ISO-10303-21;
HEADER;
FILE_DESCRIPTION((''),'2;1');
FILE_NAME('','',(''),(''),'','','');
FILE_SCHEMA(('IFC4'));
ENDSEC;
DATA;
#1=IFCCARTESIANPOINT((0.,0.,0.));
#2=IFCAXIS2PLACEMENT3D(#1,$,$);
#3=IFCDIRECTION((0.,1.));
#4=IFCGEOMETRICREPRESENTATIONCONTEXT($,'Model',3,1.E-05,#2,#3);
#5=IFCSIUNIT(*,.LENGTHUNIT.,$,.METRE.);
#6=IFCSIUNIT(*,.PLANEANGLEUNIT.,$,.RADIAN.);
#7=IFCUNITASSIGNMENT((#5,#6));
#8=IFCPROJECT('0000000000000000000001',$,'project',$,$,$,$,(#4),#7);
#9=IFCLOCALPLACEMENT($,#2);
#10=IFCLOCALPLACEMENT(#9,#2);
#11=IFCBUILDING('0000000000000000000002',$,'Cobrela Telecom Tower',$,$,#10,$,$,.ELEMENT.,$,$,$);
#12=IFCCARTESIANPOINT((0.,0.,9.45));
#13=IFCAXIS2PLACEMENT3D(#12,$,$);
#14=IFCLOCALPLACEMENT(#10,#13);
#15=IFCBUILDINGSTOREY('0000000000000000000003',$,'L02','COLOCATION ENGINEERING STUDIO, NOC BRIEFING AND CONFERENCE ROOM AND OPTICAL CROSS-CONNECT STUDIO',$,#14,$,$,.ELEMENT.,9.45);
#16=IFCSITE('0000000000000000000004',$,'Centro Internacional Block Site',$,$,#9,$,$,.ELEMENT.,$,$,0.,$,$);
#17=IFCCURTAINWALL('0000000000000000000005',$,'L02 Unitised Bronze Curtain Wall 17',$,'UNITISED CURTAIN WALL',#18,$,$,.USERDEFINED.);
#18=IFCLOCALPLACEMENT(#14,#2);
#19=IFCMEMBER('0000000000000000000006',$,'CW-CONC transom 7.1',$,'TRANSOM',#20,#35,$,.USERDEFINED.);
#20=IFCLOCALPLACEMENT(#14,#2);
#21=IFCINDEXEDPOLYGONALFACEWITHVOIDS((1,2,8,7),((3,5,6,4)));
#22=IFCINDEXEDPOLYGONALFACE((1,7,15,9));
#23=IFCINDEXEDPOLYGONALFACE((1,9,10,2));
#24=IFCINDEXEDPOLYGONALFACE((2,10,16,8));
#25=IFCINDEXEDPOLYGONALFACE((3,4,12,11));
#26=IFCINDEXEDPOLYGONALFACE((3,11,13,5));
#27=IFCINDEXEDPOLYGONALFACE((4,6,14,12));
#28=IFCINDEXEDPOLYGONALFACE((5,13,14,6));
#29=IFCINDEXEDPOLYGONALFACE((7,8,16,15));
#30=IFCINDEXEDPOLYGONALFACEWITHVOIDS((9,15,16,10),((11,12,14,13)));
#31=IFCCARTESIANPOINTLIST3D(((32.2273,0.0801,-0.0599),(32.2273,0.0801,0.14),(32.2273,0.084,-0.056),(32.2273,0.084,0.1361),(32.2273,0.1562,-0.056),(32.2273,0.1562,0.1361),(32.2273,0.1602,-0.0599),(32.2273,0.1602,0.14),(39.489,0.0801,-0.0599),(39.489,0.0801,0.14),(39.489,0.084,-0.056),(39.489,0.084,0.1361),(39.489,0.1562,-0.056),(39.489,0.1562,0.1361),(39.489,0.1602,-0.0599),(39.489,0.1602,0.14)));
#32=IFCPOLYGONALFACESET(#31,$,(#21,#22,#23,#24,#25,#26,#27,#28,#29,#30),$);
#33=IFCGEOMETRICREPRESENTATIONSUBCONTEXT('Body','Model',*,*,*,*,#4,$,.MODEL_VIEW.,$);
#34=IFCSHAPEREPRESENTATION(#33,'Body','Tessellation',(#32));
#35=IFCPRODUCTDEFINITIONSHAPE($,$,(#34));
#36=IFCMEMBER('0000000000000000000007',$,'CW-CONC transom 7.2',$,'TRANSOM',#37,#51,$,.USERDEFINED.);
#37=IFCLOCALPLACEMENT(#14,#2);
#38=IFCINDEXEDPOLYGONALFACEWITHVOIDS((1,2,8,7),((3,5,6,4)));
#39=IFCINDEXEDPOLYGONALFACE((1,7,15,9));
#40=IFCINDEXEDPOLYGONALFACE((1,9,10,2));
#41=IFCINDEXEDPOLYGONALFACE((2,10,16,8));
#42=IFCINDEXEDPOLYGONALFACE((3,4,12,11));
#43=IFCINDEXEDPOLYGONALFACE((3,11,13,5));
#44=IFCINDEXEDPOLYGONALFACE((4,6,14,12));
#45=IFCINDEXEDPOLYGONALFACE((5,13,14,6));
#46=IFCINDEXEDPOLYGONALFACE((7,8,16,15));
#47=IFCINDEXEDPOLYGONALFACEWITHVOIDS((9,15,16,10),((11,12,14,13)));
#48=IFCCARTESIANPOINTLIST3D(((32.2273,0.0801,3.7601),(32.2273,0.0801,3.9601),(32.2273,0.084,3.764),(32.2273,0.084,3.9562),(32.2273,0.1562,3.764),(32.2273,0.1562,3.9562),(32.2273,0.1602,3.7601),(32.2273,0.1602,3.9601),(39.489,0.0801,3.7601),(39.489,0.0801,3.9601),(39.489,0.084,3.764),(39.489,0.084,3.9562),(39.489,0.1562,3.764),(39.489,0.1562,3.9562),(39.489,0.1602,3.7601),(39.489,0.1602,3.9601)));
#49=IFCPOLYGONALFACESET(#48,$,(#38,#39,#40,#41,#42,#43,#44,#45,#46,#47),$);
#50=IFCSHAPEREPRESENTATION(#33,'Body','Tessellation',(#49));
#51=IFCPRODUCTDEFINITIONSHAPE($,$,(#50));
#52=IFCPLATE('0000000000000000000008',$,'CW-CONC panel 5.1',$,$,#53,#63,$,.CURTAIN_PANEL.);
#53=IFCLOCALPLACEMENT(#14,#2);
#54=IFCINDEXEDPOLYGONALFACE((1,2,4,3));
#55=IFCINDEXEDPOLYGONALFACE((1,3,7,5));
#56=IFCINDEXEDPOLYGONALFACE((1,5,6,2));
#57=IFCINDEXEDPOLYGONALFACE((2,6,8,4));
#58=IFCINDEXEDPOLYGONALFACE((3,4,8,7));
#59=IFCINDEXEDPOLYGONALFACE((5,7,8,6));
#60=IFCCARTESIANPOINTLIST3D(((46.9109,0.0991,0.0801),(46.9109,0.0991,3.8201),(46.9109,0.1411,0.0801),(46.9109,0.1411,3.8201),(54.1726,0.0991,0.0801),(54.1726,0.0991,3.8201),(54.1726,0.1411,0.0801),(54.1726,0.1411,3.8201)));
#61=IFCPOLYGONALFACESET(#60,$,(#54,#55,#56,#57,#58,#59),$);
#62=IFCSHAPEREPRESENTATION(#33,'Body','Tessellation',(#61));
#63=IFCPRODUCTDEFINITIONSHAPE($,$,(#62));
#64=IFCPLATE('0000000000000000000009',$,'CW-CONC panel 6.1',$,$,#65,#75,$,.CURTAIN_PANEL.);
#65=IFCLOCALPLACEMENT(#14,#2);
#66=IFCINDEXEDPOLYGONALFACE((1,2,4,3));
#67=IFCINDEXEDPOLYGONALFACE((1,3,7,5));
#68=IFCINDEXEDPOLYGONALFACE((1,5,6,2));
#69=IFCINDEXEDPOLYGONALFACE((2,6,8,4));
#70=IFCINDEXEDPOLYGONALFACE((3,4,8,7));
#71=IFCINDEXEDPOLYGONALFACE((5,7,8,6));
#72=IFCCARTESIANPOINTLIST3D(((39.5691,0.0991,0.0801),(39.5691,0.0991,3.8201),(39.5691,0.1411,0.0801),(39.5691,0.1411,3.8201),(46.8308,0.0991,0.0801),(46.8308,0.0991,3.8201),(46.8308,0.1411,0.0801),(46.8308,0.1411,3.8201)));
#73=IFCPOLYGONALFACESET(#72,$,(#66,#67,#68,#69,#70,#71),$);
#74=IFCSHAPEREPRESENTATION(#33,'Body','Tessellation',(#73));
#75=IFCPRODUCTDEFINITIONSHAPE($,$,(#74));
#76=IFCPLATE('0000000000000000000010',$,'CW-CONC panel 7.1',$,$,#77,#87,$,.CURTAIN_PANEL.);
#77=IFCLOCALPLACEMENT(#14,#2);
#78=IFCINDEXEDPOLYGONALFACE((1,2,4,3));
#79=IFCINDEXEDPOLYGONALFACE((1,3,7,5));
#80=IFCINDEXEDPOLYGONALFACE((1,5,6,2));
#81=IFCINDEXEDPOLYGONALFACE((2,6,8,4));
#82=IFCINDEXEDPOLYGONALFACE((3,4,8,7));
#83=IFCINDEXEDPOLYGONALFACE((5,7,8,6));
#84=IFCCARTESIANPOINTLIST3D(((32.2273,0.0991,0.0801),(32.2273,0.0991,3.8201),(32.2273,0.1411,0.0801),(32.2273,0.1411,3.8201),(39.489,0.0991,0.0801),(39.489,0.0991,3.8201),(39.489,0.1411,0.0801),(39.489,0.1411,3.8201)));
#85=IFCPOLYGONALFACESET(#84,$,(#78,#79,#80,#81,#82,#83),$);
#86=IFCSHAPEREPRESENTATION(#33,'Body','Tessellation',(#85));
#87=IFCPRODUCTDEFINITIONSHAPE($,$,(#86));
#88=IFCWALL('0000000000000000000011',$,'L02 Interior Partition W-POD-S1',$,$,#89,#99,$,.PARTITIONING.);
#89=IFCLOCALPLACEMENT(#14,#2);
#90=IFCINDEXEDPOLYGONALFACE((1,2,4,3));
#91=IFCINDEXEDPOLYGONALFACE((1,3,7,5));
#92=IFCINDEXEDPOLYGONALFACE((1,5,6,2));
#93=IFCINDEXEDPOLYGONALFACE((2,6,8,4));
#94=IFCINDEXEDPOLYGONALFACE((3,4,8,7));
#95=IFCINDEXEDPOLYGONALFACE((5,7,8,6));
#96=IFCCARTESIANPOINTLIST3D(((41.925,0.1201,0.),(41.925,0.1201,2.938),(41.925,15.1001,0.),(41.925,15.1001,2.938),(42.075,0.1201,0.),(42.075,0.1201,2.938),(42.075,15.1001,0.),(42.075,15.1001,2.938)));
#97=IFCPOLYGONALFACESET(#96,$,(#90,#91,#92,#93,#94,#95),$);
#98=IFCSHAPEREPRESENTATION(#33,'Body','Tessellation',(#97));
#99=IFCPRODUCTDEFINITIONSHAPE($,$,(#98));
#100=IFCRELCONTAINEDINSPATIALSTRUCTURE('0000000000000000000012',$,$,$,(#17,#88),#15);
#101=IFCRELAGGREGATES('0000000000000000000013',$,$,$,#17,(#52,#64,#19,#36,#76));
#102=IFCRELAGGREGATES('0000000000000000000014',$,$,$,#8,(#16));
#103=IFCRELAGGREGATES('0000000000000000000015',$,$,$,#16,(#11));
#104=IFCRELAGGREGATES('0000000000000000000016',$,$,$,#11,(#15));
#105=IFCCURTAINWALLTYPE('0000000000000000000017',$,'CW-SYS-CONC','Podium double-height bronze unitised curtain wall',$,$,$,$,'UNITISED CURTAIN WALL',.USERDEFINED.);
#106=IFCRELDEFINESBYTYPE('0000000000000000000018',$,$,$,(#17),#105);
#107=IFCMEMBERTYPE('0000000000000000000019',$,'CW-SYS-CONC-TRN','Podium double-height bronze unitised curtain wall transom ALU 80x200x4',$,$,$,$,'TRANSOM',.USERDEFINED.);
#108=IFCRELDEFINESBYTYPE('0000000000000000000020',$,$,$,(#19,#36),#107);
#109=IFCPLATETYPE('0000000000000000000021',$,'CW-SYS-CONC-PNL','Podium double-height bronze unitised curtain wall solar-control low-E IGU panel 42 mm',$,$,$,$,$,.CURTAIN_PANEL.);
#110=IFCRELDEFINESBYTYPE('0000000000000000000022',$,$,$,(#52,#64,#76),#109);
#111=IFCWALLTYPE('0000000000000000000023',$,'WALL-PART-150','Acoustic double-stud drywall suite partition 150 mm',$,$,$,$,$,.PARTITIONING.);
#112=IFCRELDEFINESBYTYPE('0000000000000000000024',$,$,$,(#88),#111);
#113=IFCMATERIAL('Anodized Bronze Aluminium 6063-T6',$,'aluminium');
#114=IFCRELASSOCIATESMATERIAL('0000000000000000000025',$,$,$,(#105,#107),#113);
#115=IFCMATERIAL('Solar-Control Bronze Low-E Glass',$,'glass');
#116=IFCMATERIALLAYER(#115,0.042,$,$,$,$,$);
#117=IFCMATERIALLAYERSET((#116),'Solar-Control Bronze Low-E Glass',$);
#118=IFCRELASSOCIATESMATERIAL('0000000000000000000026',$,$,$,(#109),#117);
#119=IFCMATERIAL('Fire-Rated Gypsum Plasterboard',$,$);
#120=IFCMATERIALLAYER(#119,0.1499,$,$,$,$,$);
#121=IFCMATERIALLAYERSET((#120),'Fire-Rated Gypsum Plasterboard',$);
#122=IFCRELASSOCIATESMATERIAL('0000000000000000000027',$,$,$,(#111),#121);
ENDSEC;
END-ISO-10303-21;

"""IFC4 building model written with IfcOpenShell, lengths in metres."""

from ifc_helpers import new_model, si_unit, direction, frame, frame_2d, origin, origin_2d, place, context, subcontext, project, spatial, rectangle, hollow_rectangle, extrude, material, layer, layer_set, material_profile, profile_set, type_object, element, aggregate, save


model = new_model("IFC4")

# Units and contexts
model_context = context("Model", 3, precision=1e-05, world=origin(), true_north=direction((0.0, 1.0)))
body_context = subcontext(model_context, "Body", "Model", "MODEL_VIEW")
ifc_project = project(units=[si_unit("LENGTHUNIT", "METRE"), si_unit("PLANEANGLEUNIT", "RADIAN")], contexts=[model_context])

# Site, building, storey
site_placement = place(None, origin())
site = spatial("IfcSite", under=ifc_project, at=site_placement, Name="Centro Internacional Block Site", CompositionType="ELEMENT", RefElevation=0.0)
building_placement = place(site_placement, origin())
building = spatial("IfcBuilding", under=site, at=building_placement, Name="Cobrela Telecom Tower", CompositionType="ELEMENT")
storey_placement = place(building_placement, frame((0.0, 0.0, 9.45)))
storey = spatial("IfcBuildingStorey", under=building, at=storey_placement, Name="L02", Description="COLOCATION ENGINEERING STUDIO, NOC BRIEFING AND CONFERENCE ROOM AND OPTICAL CROSS-CONNECT STUDIO", CompositionType="ELEMENT", Elevation=9.45)

# Curtain wall, members, plates
ifc_material_1 = material(Name="Anodized Bronze Aluminium 6063-T6", Category="aluminium")
curtain_wall_type = type_object("IfcCurtainWallType", Name="CW-SYS-CONC", Description="Podium double-height bronze unitised curtain wall", ElementType="UNITISED CURTAIN WALL", PredefinedType="USERDEFINED", material=ifc_material_1)
curtain_wall_placement = place(storey_placement, origin())
curtain_wall = element("IfcCurtainWall", 1, at=curtain_wall_placement, inside=storey, type_object=curtain_wall_type, Name="L02 Unitised Bronze Curtain Wall 17", ObjectType="UNITISED CURTAIN WALL", PredefinedType="USERDEFINED")
ifc_material_profile_1 = material_profile(ifc_material_1, hollow_rectangle(XDim=0.0801, YDim=0.2, WallThickness=0.0039, at=origin_2d()), Name="ALU 80x200x4")
ifc_profile_set_1 = profile_set([ifc_material_profile_1], Name="Anodized Bronze Aluminium 6063-T6")
member_type_1 = type_object("IfcMemberType", Name="CW-SYS-CONC-TRN", Description="Podium double-height bronze unitised curtain wall transom ALU 80x200x4", ElementType="TRANSOM", PredefinedType="USERDEFINED", material=ifc_profile_set_1)
member_1_placement = place(storey_placement, frame((39.489, 0.1201, 0.04), z_axis=(-1.0, 0.0, 0.0), x_axis=(0.0, -1.0, 0.0)))
member_1 = element("IfcMember", 2, at=member_1_placement, type_object=member_type_1, Name="CW-CONC transom 7.1", ObjectType="TRANSOM", PredefinedType="USERDEFINED", context=body_context, shape_type="SweptSolid", body=[
    extrude(hollow_rectangle(XDim=0.0801, YDim=0.2, WallThickness=0.0039, at=origin_2d()), origin(), (0.0, 0.0, 1.0), 7.2617),
])
member_2_placement = place(storey_placement, frame((39.489, 0.1201, 3.8601), z_axis=(-1.0, 0.0, 0.0), x_axis=(0.0, -1.0, 0.0)))
member_2 = element("IfcMember", 3, at=member_2_placement, type_object=member_type_1, Name="CW-CONC transom 7.2", ObjectType="TRANSOM", PredefinedType="USERDEFINED", context=body_context, shape_type="SweptSolid", body=[
    extrude(hollow_rectangle(XDim=0.0801, YDim=0.2, WallThickness=0.0039, at=origin_2d()), origin(), (0.0, 0.0, 1.0), 7.2617),
])
ifc_material_2 = material(Name="Solar-Control Bronze Low-E Glass", Category="glass")
ifc_layer_1 = layer(ifc_material_2, 0.042)
ifc_layer_set_1 = layer_set([ifc_layer_1], Name="Solar-Control Bronze Low-E Glass")
plate_type = type_object("IfcPlateType", Name="CW-SYS-CONC-PNL", Description="Podium double-height bronze unitised curtain wall solar-control low-E IGU panel 42 mm", PredefinedType="CURTAIN_PANEL", material=ifc_layer_set_1)
plate_1_placement = place(storey_placement, frame((50.5417, 0.1201, 0.0801), z_axis=(0.0, 0.0, 1.0), x_axis=(-1.0, 0.0, 0.0)))
plate_1 = element("IfcPlate", 4, at=plate_1_placement, type_object=plate_type, Name="CW-CONC panel 5.1", PredefinedType="CURTAIN_PANEL", context=body_context, shape_type="SweptSolid", body=[
    extrude(rectangle(XDim=7.2617, YDim=0.042, at=origin_2d()), origin(), (0.0, 0.0, 1.0), 3.74),
])
plate_2_placement = place(storey_placement, frame((43.2, 0.1201, 0.0801), z_axis=(0.0, 0.0, 1.0), x_axis=(-1.0, 0.0, 0.0)))
plate_2 = element("IfcPlate", 5, at=plate_2_placement, type_object=plate_type, Name="CW-CONC panel 6.1", PredefinedType="CURTAIN_PANEL", context=body_context, shape_type="SweptSolid", body=[
    extrude(rectangle(XDim=7.2617, YDim=0.042, at=origin_2d()), origin(), (0.0, 0.0, 1.0), 3.74),
])
plate_3_placement = place(storey_placement, frame((35.8582, 0.1201, 0.0801), z_axis=(0.0, 0.0, 1.0), x_axis=(-1.0, 0.0, 0.0)))
plate_3 = element("IfcPlate", 6, at=plate_3_placement, type_object=plate_type, Name="CW-CONC panel 7.1", PredefinedType="CURTAIN_PANEL", context=body_context, shape_type="SweptSolid", body=[
    extrude(rectangle(XDim=7.2617, YDim=0.042, at=origin_2d()), origin(), (0.0, 0.0, 1.0), 3.74),
])
aggregate(curtain_wall, [plate_1, plate_2, member_1, member_2, plate_3])

# Wall
ifc_material_3 = material(Name="Fire-Rated Gypsum Plasterboard")
ifc_layer_2 = layer(ifc_material_3, 0.1499)
ifc_layer_set_2 = layer_set([ifc_layer_2], Name="Fire-Rated Gypsum Plasterboard")
wall_type = type_object("IfcWallType", Name="WALL-PART-150", Description="Acoustic double-stud drywall suite partition 150 mm", PredefinedType="PARTITIONING", material=ifc_layer_set_2)
wall_placement = place(storey_placement, frame((42.0, 0.1201, 0.0), z_axis=(0.0, 0.0, 1.0), x_axis=(0.0, 1.0, 0.0)))
element("IfcWall", 7, at=wall_placement, inside=storey, type_object=wall_type, Name="L02 Interior Partition W-POD-S1", PredefinedType="PARTITIONING", context=body_context, shape_type="SweptSolid", body=[
    extrude(rectangle(XDim=14.98, YDim=0.1499, at=frame_2d((7.49, 0.0))), origin(), (0.0, 0.0, 1.0), 2.938),
])

save(model, "model.ifc")
